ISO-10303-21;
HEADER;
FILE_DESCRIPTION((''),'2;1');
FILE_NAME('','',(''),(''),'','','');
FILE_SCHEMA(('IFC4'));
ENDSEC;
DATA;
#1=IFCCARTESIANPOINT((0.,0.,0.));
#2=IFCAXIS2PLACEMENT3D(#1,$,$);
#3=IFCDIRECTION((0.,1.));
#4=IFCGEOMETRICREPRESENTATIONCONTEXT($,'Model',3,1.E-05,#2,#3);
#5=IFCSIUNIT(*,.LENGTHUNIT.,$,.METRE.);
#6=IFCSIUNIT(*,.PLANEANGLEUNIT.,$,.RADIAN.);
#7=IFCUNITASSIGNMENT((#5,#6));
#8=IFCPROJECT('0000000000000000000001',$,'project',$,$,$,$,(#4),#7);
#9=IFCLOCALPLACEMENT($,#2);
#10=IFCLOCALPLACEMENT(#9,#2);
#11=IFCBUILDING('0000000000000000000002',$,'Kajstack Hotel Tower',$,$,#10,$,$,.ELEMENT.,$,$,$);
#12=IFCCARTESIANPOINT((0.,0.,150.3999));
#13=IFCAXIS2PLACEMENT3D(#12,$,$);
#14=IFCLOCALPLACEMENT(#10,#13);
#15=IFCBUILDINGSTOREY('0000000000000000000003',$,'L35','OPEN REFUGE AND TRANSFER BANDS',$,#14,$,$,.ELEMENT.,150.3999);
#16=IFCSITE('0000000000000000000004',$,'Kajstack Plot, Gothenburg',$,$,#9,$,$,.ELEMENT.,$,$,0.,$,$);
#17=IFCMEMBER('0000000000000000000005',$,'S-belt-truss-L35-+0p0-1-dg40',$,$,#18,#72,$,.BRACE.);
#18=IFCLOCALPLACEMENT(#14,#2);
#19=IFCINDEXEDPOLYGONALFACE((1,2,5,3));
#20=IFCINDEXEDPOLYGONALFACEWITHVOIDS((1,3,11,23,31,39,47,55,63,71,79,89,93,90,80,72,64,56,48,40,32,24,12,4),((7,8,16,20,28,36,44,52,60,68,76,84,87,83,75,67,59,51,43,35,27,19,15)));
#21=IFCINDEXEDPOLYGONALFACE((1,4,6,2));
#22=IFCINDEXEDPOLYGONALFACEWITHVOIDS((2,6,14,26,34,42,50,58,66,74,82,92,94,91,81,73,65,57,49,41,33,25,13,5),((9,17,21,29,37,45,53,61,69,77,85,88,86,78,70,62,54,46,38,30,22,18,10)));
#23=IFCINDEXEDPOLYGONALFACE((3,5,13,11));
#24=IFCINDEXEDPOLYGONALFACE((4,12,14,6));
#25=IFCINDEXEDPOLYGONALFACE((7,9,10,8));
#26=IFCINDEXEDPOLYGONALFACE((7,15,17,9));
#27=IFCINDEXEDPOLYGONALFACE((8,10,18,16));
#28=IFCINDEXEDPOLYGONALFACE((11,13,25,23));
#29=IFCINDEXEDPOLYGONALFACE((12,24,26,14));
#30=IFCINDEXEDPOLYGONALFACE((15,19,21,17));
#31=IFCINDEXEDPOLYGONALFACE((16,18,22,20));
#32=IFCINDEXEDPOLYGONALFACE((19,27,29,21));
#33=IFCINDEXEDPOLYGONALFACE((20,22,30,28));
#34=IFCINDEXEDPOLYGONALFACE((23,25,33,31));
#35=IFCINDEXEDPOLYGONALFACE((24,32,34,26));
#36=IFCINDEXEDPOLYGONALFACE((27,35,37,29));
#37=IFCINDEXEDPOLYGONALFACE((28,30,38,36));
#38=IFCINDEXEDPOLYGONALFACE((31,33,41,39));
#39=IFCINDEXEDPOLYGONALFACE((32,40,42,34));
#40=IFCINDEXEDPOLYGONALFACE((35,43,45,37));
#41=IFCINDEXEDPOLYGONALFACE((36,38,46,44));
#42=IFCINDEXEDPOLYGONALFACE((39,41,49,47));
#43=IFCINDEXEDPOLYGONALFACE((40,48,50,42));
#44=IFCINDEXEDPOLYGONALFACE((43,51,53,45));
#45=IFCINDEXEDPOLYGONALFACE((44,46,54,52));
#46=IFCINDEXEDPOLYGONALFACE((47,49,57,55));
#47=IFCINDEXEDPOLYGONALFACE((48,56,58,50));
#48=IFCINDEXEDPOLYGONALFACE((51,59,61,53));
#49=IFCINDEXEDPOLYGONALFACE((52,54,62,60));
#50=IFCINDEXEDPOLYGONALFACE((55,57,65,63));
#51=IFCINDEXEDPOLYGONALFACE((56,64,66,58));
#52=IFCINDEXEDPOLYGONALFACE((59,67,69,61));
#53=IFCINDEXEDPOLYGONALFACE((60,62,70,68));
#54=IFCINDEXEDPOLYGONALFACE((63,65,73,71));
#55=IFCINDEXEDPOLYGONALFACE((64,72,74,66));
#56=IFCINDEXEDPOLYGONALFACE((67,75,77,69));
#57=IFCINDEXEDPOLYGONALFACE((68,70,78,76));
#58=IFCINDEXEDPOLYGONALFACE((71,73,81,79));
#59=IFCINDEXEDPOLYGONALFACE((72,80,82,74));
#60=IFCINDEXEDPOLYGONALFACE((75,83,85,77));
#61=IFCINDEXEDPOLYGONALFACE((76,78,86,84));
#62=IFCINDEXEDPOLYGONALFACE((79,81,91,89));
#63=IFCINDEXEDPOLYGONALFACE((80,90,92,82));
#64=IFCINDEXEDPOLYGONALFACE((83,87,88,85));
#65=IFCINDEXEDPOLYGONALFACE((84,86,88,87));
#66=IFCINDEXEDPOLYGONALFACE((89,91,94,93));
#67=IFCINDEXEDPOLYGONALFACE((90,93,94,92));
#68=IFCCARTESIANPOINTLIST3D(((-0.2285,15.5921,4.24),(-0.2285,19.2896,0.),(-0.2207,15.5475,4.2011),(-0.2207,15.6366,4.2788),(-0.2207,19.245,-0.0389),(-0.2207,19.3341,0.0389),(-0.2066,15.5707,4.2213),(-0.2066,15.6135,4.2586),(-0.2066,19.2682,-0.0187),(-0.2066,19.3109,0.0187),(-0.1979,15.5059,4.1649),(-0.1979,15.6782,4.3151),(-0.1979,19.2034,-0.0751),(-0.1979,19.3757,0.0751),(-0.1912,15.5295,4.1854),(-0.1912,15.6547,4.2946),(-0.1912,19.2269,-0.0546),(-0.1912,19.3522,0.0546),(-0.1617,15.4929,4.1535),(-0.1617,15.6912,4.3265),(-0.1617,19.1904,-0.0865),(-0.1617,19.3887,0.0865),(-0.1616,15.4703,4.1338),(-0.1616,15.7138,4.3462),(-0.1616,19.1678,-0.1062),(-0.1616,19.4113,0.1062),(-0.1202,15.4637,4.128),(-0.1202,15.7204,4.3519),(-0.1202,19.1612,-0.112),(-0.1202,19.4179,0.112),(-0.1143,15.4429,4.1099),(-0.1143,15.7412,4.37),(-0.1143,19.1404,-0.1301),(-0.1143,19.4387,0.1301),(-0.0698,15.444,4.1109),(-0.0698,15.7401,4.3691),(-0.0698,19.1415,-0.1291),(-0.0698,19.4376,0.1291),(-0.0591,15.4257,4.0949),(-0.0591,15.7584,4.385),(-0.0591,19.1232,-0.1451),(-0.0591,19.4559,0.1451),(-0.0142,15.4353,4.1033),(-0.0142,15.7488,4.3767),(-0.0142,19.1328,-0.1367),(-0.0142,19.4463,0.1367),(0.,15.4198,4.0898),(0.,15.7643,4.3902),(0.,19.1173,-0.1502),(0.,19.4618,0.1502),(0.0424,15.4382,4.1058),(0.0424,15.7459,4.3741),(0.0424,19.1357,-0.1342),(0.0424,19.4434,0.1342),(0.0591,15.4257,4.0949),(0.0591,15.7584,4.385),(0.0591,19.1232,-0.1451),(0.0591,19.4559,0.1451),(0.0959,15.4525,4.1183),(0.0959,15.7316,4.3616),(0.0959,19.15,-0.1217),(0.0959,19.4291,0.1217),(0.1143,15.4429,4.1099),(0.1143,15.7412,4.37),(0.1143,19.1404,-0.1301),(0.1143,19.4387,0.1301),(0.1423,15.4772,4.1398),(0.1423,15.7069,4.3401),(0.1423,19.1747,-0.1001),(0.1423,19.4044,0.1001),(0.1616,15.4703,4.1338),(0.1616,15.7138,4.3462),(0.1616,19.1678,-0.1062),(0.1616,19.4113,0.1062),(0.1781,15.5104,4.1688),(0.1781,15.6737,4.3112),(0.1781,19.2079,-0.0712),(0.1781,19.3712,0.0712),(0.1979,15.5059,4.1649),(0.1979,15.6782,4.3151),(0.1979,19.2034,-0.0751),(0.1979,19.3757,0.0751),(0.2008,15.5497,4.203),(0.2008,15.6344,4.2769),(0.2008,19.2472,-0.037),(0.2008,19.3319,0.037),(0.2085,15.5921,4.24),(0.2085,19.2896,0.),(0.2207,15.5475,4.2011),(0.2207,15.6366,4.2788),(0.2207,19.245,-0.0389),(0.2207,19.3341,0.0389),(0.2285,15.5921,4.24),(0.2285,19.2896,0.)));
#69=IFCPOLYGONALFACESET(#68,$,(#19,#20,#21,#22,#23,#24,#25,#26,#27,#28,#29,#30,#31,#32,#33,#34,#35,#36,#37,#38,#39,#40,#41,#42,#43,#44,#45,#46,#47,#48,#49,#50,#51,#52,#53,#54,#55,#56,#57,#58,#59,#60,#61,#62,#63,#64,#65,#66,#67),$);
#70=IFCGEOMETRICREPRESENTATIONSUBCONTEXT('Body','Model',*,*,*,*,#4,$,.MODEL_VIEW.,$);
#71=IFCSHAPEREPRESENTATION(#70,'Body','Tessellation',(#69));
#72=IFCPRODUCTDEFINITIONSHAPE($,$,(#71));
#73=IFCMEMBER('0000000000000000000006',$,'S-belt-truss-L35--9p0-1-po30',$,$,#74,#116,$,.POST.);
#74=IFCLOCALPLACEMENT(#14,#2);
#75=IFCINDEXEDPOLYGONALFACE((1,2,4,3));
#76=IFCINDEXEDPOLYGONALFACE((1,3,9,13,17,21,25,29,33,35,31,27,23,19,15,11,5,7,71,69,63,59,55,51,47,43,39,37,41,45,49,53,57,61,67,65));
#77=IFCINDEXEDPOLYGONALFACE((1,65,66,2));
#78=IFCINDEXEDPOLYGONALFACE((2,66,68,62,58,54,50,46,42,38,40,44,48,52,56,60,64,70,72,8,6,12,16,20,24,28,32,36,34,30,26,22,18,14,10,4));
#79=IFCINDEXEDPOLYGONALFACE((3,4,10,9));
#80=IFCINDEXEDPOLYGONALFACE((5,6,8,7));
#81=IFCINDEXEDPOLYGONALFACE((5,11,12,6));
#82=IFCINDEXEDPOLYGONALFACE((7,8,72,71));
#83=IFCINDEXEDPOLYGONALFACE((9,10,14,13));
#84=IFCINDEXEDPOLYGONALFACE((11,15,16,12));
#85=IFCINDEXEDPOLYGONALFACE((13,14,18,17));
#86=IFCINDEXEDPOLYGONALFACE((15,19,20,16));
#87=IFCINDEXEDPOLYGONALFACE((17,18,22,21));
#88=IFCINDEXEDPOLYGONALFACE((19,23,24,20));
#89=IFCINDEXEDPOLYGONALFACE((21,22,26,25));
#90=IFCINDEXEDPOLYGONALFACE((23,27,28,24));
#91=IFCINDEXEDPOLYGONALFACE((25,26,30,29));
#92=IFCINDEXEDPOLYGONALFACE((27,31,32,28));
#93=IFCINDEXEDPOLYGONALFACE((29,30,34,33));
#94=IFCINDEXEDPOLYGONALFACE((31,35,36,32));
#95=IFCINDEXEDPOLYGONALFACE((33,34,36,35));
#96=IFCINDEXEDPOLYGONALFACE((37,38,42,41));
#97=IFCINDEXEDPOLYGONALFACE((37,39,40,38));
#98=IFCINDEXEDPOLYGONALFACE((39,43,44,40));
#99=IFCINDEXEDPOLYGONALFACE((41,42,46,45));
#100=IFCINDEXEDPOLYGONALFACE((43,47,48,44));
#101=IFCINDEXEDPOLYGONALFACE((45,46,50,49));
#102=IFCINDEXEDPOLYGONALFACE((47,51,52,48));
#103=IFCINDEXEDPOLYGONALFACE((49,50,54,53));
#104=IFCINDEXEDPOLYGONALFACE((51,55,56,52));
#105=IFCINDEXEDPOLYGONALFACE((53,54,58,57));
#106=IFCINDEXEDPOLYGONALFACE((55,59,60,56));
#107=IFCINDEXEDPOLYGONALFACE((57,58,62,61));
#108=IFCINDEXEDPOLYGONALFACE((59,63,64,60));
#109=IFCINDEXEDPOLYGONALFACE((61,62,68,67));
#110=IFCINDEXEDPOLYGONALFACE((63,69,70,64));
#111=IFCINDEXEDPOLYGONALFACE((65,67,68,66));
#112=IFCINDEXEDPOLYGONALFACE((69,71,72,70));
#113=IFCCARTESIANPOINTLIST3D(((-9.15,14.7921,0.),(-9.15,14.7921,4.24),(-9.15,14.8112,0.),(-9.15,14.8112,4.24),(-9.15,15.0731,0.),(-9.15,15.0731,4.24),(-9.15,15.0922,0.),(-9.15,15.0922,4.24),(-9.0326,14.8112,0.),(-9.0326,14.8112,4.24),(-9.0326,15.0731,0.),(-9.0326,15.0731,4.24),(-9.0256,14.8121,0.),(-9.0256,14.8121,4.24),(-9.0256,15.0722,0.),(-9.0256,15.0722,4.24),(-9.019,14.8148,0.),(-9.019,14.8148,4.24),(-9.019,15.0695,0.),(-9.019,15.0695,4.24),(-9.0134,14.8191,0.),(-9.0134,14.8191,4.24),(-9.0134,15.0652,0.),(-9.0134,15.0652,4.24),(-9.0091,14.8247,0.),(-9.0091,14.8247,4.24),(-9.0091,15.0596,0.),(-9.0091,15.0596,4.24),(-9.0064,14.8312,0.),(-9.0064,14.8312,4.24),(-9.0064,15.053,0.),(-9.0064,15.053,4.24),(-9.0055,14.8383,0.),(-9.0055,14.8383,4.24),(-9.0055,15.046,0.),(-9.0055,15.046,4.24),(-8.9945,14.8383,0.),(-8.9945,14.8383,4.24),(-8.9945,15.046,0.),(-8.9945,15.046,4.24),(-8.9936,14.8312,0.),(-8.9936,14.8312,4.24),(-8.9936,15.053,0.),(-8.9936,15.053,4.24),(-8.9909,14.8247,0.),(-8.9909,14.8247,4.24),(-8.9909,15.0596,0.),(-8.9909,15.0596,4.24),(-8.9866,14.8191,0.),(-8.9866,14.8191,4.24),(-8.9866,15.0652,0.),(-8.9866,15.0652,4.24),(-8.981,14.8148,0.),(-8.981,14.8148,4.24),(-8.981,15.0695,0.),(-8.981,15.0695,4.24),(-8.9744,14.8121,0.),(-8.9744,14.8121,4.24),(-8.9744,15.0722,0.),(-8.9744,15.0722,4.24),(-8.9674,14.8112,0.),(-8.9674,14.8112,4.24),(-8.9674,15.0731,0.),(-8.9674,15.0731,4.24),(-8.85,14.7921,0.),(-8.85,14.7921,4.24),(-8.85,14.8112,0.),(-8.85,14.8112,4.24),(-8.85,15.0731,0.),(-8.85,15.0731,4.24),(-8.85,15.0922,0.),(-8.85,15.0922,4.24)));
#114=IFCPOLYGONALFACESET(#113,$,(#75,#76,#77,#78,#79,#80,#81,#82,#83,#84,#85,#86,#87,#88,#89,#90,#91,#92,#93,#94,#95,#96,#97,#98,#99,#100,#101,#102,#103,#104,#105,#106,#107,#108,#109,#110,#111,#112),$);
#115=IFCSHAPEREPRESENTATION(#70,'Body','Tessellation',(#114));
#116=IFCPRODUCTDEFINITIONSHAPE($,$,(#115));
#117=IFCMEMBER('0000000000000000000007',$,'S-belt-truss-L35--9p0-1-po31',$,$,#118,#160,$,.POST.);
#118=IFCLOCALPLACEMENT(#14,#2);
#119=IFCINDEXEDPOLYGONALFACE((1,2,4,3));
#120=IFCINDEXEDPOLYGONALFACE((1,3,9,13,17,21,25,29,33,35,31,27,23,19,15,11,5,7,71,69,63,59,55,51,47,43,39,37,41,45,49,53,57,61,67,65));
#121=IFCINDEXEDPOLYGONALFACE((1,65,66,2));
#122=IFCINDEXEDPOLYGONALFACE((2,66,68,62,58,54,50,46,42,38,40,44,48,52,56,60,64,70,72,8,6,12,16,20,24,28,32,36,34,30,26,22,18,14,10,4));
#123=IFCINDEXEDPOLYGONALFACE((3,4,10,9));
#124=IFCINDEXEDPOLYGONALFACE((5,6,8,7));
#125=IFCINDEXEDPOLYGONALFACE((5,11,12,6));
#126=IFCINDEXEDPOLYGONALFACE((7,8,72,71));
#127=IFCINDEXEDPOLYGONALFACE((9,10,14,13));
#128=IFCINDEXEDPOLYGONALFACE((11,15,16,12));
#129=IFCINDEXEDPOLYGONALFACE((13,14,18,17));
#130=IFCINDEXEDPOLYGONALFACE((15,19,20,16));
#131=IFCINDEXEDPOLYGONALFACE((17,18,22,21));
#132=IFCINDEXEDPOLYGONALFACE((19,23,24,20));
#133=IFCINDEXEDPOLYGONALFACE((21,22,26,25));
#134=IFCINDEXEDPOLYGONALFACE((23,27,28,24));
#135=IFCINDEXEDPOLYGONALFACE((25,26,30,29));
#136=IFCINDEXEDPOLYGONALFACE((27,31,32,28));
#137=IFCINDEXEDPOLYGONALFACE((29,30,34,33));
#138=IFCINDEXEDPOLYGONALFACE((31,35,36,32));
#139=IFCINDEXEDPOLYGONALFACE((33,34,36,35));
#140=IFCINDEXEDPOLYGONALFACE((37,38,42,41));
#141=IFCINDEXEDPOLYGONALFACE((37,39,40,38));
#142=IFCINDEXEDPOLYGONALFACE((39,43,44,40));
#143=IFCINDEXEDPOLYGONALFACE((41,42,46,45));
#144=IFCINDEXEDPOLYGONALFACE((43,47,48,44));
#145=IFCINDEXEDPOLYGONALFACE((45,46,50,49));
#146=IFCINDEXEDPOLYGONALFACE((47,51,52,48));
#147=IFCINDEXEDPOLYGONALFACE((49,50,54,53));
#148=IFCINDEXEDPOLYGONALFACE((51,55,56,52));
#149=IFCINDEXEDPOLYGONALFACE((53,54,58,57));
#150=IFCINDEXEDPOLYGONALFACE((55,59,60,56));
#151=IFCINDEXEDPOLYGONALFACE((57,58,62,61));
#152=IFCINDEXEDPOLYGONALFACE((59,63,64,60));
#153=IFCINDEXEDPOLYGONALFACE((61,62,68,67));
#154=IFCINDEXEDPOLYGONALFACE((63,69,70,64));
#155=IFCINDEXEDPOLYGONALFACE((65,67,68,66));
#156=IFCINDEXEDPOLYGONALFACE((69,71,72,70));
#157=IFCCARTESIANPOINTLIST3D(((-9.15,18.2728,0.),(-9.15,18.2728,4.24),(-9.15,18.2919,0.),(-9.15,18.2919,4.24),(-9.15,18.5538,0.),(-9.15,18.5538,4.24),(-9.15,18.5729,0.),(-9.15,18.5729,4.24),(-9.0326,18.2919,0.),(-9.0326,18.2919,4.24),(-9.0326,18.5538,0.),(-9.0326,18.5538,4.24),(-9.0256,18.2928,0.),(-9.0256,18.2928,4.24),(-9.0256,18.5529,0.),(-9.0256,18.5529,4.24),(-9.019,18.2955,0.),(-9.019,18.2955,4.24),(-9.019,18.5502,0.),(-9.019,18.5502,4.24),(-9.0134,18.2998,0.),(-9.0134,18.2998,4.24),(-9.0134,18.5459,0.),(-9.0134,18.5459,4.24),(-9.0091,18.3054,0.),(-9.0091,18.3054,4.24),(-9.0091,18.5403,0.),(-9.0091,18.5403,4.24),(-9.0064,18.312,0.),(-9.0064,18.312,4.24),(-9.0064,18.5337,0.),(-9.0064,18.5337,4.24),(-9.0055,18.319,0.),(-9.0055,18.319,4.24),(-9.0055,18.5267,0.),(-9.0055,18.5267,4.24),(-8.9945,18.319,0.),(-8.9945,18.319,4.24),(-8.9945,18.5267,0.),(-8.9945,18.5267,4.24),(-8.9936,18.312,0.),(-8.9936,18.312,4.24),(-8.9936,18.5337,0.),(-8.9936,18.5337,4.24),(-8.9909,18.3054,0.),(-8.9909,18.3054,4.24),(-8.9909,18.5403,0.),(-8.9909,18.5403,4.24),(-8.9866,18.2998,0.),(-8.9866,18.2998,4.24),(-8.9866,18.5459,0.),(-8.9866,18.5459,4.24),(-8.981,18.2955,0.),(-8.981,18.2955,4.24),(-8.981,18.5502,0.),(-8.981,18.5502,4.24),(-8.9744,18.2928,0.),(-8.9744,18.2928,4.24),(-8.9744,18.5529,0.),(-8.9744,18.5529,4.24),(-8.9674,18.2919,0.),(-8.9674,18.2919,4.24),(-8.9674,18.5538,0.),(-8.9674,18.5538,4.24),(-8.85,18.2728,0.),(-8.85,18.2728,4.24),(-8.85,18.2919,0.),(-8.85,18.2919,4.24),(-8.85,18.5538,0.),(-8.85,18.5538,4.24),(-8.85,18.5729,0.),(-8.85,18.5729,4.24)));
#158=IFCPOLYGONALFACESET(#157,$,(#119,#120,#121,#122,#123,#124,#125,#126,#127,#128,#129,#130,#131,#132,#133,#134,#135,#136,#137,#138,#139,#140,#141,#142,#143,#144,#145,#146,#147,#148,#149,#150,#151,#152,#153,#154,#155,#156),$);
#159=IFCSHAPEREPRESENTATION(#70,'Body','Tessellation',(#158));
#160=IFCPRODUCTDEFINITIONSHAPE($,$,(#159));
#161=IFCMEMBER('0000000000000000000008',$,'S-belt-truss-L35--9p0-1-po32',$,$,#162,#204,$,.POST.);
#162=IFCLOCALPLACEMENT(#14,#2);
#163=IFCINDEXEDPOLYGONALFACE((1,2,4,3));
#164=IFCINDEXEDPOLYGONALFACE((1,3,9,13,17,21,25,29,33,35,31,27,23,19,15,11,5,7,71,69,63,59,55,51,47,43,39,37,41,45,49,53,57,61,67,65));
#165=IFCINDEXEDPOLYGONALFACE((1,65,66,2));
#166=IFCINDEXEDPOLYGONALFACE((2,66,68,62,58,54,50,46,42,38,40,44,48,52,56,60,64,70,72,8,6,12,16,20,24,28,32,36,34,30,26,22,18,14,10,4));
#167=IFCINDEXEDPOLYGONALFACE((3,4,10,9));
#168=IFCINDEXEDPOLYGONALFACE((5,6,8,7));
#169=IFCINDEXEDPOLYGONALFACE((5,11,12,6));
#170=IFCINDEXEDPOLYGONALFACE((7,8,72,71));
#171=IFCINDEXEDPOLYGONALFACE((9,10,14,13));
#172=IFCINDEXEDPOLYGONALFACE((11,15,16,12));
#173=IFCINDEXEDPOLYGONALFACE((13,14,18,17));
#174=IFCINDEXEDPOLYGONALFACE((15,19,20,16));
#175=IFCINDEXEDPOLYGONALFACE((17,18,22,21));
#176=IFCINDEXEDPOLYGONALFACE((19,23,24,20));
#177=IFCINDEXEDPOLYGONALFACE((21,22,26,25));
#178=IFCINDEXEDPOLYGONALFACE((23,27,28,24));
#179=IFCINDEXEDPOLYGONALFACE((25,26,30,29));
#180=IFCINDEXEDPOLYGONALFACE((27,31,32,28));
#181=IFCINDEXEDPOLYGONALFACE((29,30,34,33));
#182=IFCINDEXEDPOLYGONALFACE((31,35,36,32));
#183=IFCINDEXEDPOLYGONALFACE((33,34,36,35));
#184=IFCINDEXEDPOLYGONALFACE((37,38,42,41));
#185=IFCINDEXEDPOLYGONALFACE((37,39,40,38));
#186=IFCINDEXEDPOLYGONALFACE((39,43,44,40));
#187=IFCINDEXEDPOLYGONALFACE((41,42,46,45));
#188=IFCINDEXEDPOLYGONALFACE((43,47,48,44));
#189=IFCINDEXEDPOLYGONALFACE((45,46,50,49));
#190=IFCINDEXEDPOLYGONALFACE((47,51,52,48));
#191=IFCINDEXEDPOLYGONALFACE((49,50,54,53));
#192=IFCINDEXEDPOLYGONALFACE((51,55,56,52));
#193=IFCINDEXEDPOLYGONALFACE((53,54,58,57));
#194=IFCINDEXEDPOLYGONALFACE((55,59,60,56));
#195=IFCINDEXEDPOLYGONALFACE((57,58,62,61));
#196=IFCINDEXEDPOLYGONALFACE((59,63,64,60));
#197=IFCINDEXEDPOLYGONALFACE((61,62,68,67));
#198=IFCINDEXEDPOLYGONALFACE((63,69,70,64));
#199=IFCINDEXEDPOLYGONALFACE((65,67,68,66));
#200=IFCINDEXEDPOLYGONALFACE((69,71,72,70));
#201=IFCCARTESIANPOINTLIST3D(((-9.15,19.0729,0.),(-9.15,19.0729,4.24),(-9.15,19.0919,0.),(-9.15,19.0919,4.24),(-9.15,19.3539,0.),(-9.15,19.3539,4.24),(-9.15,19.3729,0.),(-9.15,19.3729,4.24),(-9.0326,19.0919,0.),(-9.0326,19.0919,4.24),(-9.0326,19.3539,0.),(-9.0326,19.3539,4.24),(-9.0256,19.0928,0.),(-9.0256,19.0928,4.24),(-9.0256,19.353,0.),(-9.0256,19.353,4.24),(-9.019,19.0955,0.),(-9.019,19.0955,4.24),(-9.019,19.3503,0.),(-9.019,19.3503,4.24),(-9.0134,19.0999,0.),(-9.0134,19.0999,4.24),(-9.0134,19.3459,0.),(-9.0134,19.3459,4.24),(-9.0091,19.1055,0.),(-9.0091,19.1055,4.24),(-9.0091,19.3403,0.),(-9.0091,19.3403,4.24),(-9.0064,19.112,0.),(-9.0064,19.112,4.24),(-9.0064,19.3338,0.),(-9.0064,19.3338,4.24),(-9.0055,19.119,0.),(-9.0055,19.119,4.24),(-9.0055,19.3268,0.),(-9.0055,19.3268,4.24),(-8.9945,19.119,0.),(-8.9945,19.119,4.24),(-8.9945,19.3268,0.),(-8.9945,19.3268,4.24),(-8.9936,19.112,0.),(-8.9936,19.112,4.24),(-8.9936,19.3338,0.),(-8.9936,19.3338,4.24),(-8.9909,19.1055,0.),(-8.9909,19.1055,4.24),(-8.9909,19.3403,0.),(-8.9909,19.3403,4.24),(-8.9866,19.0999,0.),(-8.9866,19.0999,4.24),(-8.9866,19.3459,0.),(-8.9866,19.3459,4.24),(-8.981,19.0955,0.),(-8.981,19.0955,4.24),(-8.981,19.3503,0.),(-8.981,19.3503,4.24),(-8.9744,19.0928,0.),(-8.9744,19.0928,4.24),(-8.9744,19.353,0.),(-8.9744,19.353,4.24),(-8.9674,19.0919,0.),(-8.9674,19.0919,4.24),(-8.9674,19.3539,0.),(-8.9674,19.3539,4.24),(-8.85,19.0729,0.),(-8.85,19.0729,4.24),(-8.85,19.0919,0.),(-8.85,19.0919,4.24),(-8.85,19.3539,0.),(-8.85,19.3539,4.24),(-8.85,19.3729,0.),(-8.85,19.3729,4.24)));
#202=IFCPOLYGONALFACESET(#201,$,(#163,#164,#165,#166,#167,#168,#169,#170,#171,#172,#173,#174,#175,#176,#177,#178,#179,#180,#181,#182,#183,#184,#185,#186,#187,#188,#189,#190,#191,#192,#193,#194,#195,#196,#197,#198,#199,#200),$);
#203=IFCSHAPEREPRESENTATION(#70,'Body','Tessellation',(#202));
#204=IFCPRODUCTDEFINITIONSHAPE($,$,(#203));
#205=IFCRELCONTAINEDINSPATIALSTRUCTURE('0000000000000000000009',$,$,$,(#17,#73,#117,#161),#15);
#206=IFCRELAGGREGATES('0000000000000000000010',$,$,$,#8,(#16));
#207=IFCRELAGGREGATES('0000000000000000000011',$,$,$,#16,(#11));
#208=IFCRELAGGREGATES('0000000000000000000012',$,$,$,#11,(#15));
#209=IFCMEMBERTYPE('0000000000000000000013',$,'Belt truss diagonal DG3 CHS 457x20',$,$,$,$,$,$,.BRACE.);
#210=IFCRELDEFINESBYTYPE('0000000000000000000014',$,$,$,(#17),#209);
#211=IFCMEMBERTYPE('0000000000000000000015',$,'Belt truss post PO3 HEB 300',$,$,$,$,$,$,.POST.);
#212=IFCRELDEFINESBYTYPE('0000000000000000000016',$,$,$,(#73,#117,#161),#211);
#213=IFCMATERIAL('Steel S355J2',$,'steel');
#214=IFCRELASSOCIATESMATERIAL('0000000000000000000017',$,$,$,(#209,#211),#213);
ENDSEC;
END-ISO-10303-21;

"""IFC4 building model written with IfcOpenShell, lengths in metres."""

from ifc_helpers import new_model, si_unit, direction, frame, origin, origin_2d, place, context, subcontext, project, spatial, hollow_circle, i_section, extrude, material, material_profile, profile_set, type_object, element, save


model = new_model("IFC4")

# Units and contexts
model_context = context("Model", 3, precision=1e-05, world=origin(), true_north=direction((0.0, 1.0)))
body_context = subcontext(model_context, "Body", "Model", "MODEL_VIEW")
ifc_project = project(units=[si_unit("LENGTHUNIT", "METRE"), si_unit("PLANEANGLEUNIT", "RADIAN")], contexts=[model_context])

# Site, building, storey
site_placement = place(None, origin())
site = spatial("IfcSite", under=ifc_project, at=site_placement, Name="Kajstack Plot, Gothenburg", CompositionType="ELEMENT", RefElevation=0.0)
building_placement = place(site_placement, origin())
building = spatial("IfcBuilding", under=site, at=building_placement, Name="Kajstack Hotel Tower", CompositionType="ELEMENT")
storey_placement = place(building_placement, frame((0.0, 0.0, 150.3999)))
storey = spatial("IfcBuildingStorey", under=building, at=storey_placement, Name="L35", Description="OPEN REFUGE AND TRANSFER BANDS", CompositionType="ELEMENT", Elevation=150.3999)

# Members
ifc_material = material(Name="Steel S355J2", Category="steel")
ifc_material_profile_1 = material_profile(ifc_material, hollow_circle(Radius=0.2285, WallThickness=0.02, at=origin_2d()), Name="CHS 457x20")
ifc_profile_set_1 = profile_set([ifc_material_profile_1], Name="Steel S355J2")
member_type_1 = type_object("IfcMemberType", Name="Belt truss diagonal DG3 CHS 457x20", PredefinedType="BRACE", material=ifc_profile_set_1)
member_1_placement = place(storey_placement, frame((0.0, 19.2896, 0.0), z_axis=(0.0, -0.657247, 0.753675), x_axis=(1.0, 0.0, 0.0)))
element("IfcMember", 1, at=member_1_placement, inside=storey, type_object=member_type_1, Name="S-belt-truss-L35-+0p0-1-dg40", PredefinedType="BRACE", context=body_context, shape_type="SweptSolid", body=[
    extrude(hollow_circle(Radius=0.2285, WallThickness=0.02, at=origin_2d()), origin(), (0.0, 0.0, 1.0), 5.6257),
])
ifc_material_profile_2 = material_profile(ifc_material, i_section(OverallWidth=0.3, OverallDepth=0.3, WebThickness=0.011, FlangeThickness=0.019, FilletRadius=0.0271, at=origin_2d()), Name="HEB 300")
ifc_profile_set_2 = profile_set([ifc_material_profile_2], Name="Steel S355J2")
member_type_2 = type_object("IfcMemberType", Name="Belt truss post PO3 HEB 300", PredefinedType="POST", material=ifc_profile_set_2)
for number, where, z_axis, x_axis, name in (
    (2, (-9.0, 14.9421, 0.0), (0.0, 0.0, 1.0), (1.0, 0.0, 0.0), "S-belt-truss-L35--9p0-1-po30"),
    (3, (-9.0, 18.4229, 0.0), (0.0, 0.0, 1.0), (1.0, 0.0, 0.0), "S-belt-truss-L35--9p0-1-po31"),
    (4, (-9.0, 19.2229, 0.0), (0.0, 0.0, 1.0), (1.0, 0.0, 0.0), "S-belt-truss-L35--9p0-1-po32"),
):
    element("IfcMember", number, at=place(storey_placement, frame(where, z_axis=z_axis, x_axis=x_axis)), inside=storey, type_object=member_type_2, Name=name, PredefinedType="POST", context=body_context, shape_type="SweptSolid", body=[
        extrude(i_section(OverallWidth=0.3, OverallDepth=0.3, WebThickness=0.011, FlangeThickness=0.019, FilletRadius=0.0271, at=origin_2d()), origin(), (0.0, 0.0, 1.0), 4.24),
    ])

save(model, "model.ifc")
